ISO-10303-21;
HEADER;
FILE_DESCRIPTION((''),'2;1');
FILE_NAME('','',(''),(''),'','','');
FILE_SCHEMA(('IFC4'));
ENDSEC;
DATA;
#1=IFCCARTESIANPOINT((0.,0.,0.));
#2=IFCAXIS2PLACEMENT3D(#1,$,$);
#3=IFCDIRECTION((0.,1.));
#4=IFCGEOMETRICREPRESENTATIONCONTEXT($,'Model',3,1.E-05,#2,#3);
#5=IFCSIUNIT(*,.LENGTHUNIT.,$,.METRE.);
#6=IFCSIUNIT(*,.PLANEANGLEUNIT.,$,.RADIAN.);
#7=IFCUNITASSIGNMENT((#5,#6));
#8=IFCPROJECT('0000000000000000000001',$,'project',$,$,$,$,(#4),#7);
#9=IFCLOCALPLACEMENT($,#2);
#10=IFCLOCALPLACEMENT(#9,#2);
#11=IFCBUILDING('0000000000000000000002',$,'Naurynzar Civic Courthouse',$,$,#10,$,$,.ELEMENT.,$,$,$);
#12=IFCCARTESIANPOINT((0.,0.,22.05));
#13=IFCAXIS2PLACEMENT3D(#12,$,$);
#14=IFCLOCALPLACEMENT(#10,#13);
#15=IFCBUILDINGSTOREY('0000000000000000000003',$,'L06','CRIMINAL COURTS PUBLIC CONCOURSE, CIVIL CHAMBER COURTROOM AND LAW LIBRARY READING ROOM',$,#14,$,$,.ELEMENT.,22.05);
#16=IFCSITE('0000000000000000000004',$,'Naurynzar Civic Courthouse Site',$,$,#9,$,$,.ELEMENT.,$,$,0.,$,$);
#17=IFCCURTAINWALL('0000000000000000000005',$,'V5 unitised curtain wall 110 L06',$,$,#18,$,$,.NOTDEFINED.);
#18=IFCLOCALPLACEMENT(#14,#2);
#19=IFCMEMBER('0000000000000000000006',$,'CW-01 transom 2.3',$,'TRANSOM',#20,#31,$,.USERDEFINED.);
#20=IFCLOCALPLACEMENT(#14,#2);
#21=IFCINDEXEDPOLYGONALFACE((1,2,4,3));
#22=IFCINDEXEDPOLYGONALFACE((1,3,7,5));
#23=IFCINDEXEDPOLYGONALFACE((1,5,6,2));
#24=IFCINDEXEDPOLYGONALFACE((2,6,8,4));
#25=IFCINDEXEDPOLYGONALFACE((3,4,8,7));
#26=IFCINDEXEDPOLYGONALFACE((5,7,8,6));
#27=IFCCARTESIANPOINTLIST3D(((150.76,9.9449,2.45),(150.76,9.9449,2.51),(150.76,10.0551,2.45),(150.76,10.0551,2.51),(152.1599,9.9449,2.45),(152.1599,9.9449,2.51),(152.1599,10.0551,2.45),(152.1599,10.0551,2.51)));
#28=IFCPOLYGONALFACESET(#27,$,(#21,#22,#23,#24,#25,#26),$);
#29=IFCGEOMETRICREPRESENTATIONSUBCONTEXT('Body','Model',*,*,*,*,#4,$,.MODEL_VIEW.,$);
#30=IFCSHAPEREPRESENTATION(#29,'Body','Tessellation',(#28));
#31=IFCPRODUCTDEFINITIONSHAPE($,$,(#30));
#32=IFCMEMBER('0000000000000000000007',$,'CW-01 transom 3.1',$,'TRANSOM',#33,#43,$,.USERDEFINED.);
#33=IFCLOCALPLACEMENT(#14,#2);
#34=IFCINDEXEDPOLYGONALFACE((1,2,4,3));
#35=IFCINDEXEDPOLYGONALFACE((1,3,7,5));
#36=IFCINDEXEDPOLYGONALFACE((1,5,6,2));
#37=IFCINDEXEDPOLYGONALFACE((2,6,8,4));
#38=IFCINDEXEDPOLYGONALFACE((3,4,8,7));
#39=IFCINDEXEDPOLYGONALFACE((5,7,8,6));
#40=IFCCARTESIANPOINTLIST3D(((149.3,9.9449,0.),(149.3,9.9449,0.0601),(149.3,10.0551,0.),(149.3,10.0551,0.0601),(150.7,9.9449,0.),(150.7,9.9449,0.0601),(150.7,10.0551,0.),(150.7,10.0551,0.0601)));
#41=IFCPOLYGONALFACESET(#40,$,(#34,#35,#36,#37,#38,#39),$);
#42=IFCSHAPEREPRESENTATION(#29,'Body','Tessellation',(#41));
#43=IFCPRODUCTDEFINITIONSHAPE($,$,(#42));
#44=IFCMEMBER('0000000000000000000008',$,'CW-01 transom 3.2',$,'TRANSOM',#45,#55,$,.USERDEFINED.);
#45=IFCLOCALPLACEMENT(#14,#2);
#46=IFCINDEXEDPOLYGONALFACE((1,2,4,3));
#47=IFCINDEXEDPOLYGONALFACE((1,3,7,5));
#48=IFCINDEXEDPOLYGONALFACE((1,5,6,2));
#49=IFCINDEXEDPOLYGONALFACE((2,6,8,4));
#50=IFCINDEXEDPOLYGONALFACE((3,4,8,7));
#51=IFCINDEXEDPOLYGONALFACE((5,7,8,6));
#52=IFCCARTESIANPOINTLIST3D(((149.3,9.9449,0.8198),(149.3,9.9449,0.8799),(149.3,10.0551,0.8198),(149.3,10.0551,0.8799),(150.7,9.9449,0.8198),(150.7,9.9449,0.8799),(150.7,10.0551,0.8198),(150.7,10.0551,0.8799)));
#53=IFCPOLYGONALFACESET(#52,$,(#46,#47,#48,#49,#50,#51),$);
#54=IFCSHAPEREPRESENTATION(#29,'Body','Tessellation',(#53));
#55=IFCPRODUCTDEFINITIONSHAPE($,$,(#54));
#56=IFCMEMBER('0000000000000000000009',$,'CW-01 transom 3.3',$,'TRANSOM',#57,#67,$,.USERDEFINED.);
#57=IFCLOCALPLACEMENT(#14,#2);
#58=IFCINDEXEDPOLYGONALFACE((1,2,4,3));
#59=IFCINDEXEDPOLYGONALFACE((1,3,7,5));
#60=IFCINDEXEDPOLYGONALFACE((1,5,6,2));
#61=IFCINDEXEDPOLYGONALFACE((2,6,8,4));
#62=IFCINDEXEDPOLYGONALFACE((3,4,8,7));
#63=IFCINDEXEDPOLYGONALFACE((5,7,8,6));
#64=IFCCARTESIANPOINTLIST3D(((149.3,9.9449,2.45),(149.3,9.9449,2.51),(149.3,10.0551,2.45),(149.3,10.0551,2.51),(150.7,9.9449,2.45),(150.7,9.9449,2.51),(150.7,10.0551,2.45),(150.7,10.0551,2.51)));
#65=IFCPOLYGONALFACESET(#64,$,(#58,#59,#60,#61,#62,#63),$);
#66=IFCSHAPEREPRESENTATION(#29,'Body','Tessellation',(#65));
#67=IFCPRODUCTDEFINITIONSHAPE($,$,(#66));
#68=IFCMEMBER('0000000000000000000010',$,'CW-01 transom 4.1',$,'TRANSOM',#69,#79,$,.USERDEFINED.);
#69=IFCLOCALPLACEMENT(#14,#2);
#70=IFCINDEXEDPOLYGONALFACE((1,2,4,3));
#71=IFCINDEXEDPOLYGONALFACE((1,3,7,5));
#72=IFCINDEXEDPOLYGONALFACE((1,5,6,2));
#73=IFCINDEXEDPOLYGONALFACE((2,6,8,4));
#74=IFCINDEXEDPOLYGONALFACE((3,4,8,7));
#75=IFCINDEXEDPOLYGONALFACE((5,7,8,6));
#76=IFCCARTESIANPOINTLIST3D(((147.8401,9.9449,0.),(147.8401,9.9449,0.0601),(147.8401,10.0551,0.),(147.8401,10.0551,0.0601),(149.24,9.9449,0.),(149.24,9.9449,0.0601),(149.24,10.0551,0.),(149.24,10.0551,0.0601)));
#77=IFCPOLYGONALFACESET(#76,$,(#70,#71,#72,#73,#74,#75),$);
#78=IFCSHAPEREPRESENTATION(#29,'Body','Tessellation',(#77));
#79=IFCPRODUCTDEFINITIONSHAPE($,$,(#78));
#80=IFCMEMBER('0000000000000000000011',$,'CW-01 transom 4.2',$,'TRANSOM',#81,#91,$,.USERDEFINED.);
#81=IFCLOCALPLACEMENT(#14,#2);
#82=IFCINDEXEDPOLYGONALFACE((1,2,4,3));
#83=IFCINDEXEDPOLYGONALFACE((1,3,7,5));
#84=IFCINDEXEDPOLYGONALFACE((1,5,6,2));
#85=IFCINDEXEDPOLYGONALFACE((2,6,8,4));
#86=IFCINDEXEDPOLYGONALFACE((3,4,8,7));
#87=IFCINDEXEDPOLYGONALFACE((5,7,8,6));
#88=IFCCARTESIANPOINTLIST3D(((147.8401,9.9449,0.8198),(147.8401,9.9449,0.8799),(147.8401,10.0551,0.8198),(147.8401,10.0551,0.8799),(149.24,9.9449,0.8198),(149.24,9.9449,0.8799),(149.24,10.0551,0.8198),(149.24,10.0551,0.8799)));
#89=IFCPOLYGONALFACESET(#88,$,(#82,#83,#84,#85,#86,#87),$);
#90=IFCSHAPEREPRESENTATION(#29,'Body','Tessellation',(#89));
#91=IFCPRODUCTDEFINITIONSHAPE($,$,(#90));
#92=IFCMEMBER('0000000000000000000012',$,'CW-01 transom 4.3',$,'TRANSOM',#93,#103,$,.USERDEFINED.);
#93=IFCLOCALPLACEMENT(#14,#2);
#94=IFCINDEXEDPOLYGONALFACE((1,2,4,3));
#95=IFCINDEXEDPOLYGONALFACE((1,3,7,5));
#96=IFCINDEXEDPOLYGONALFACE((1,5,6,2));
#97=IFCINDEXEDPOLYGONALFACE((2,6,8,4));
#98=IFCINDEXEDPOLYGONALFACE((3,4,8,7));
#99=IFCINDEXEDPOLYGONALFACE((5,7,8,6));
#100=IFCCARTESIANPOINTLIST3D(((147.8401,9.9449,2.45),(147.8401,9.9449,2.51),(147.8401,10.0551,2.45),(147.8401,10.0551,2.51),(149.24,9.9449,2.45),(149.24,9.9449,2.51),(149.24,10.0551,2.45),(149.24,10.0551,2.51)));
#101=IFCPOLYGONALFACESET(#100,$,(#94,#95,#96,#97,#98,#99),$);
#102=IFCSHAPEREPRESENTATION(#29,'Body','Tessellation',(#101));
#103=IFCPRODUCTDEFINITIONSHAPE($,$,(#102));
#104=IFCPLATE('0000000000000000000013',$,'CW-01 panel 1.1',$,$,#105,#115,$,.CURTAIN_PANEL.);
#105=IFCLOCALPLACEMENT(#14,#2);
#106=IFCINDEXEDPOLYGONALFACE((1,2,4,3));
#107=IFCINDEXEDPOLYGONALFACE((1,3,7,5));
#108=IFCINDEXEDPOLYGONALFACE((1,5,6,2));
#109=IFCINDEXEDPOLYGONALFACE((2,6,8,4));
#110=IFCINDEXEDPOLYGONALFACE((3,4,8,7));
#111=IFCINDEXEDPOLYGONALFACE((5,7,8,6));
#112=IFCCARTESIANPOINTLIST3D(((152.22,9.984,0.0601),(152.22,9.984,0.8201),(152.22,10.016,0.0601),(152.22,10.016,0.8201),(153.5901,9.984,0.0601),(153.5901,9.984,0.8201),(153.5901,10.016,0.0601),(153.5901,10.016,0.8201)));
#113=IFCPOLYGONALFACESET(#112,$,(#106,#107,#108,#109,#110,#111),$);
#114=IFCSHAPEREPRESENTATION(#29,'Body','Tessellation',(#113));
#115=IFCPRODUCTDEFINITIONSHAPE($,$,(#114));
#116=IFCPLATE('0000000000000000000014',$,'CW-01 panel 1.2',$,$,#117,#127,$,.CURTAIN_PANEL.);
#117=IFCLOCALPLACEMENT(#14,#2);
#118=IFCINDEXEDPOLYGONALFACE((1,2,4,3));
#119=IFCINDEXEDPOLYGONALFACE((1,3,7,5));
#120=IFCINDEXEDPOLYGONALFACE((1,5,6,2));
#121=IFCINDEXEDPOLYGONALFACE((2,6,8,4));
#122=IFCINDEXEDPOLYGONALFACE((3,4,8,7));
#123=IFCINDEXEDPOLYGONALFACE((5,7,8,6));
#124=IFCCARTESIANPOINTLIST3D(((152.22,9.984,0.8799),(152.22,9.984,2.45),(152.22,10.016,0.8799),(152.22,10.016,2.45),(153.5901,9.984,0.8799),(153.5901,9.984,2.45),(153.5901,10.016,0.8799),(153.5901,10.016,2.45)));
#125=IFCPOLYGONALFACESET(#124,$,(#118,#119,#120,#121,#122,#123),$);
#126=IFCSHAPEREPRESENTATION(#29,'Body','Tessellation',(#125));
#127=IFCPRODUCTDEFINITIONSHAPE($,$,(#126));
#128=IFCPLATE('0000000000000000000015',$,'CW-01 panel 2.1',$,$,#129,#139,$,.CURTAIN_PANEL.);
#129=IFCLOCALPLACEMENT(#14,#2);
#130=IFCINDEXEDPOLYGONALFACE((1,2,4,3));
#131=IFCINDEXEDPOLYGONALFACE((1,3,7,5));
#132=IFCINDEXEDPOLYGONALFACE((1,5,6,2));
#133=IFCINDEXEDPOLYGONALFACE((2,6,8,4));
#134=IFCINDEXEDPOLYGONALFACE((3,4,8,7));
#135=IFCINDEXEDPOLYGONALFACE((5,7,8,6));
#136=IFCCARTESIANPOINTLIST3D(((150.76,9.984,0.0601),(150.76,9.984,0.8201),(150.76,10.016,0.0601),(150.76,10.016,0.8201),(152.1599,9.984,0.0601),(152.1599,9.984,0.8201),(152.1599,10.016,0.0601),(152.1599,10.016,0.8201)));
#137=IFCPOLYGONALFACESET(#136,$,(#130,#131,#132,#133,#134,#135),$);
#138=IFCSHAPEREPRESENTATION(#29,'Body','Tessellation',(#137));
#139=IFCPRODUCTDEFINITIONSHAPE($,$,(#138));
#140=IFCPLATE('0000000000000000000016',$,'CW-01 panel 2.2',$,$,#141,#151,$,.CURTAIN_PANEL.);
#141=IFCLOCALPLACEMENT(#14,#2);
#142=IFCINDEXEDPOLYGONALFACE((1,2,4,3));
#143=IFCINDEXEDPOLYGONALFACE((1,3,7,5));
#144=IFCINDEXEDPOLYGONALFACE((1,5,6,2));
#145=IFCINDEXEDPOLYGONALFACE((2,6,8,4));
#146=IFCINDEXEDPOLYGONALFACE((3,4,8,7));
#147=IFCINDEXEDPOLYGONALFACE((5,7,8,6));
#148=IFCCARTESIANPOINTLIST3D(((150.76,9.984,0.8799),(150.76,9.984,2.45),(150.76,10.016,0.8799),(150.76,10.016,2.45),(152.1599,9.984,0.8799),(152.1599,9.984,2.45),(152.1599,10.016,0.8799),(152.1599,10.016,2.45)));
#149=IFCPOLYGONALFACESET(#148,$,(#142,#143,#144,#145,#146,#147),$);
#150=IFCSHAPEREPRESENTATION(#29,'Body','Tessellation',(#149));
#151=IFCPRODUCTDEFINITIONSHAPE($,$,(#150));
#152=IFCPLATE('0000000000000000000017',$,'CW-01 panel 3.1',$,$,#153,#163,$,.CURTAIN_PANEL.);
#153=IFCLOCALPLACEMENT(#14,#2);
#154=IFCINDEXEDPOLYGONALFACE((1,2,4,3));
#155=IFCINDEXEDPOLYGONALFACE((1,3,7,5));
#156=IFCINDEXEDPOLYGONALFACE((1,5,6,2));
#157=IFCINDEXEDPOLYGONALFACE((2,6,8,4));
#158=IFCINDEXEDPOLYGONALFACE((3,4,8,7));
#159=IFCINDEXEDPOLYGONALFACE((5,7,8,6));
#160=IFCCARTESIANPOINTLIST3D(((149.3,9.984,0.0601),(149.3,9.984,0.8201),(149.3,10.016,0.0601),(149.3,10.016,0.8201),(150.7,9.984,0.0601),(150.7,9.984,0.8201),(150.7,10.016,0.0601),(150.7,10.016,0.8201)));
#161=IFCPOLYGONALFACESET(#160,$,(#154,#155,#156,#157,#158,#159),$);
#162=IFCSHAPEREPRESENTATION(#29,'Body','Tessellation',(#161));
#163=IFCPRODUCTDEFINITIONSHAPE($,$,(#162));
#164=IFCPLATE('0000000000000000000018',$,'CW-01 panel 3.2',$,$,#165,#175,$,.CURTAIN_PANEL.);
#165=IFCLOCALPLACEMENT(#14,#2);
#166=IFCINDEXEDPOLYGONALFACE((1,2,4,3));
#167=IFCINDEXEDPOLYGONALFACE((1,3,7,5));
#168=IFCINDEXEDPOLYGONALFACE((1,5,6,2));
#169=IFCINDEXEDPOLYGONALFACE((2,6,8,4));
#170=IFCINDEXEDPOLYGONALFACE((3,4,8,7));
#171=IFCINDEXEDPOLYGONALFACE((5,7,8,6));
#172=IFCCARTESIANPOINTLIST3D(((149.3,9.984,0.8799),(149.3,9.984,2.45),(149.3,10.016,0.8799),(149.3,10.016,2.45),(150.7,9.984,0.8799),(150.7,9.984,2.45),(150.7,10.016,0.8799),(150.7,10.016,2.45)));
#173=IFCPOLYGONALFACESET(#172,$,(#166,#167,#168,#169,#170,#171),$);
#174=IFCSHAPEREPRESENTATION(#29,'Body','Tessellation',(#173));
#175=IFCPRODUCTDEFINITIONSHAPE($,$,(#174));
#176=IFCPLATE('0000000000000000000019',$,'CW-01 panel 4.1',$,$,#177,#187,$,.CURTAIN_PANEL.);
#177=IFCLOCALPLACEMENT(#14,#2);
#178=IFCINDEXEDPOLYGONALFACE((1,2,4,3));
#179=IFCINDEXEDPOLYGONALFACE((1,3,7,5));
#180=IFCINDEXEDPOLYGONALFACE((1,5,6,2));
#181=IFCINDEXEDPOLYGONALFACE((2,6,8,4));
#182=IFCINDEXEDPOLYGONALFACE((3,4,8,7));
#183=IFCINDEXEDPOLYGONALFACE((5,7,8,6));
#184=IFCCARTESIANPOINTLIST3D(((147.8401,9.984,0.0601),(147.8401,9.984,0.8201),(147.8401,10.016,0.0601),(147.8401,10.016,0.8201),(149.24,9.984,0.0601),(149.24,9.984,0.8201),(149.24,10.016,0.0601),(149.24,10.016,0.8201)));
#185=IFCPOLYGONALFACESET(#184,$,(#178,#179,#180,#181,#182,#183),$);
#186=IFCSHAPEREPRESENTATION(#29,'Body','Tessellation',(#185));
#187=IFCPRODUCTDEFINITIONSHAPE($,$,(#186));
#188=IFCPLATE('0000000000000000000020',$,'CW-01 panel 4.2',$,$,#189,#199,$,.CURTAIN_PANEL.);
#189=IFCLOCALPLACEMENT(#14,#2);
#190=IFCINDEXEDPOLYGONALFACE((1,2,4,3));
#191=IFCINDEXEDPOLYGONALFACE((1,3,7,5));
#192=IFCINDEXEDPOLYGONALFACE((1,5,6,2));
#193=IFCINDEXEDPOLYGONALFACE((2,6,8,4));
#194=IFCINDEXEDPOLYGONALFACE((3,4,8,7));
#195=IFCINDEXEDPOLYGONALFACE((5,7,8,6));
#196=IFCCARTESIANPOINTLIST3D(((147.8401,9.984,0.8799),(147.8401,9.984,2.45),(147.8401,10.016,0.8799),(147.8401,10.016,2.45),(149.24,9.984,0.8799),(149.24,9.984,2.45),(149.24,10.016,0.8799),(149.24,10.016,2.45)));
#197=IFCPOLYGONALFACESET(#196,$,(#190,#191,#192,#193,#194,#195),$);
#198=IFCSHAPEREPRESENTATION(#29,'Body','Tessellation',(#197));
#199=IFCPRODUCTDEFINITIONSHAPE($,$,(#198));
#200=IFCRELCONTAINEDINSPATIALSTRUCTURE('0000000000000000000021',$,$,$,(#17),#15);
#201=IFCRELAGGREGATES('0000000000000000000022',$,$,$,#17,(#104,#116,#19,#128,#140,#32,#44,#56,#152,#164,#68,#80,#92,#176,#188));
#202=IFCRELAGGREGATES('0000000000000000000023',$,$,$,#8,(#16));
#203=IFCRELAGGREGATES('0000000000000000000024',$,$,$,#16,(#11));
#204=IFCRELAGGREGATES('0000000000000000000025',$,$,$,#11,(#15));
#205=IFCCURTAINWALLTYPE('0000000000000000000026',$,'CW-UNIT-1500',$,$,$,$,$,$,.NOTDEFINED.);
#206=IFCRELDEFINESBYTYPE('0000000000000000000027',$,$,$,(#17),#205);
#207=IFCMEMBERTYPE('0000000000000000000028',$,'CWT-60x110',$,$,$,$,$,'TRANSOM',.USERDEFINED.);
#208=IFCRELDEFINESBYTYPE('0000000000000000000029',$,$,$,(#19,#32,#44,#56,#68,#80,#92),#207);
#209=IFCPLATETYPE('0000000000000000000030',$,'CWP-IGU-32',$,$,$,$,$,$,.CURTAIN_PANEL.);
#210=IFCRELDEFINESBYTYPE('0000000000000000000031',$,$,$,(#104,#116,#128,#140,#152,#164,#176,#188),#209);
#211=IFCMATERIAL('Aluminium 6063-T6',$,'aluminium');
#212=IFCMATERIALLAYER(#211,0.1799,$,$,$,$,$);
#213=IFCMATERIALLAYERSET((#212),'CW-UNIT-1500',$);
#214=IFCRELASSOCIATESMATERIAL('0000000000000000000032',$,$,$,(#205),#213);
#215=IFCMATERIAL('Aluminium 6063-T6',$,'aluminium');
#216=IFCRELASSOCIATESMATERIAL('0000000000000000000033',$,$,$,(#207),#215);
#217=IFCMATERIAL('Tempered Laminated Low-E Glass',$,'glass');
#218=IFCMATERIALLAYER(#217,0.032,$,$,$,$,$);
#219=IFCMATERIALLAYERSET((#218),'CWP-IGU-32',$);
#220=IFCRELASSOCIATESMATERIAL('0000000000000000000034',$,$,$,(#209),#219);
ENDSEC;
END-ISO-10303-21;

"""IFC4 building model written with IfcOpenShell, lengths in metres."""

from ifc_helpers import new_model, si_unit, direction, frame, origin, origin_2d, place, context, subcontext, project, spatial, rectangle, extrude, material, layer, layer_set, material_profile, profile_set, type_object, element, aggregate, save


model = new_model("IFC4")

# Units and contexts
model_context = context("Model", 3, precision=1e-05, world=origin(), true_north=direction((0.0, 1.0)))
body_context = subcontext(model_context, "Body", "Model", "MODEL_VIEW")
ifc_project = project(units=[si_unit("LENGTHUNIT", "METRE"), si_unit("PLANEANGLEUNIT", "RADIAN")], contexts=[model_context])

# Site, building, storey
site_placement = place(None, origin())
site = spatial("IfcSite", under=ifc_project, at=site_placement, Name="Naurynzar Civic Courthouse Site", CompositionType="ELEMENT", RefElevation=0.0)
building_placement = place(site_placement, origin())
building = spatial("IfcBuilding", under=site, at=building_placement, Name="Naurynzar Civic Courthouse", CompositionType="ELEMENT")
storey_placement = place(building_placement, frame((0.0, 0.0, 22.05)))
storey = spatial("IfcBuildingStorey", under=building, at=storey_placement, Name="L06", Description="CRIMINAL COURTS PUBLIC CONCOURSE, CIVIL CHAMBER COURTROOM AND LAW LIBRARY READING ROOM", CompositionType="ELEMENT", Elevation=22.05)

# Curtain wall, members, plates
ifc_material_1 = material(Name="Aluminium 6063-T6", Category="aluminium")
ifc_layer_1 = layer(ifc_material_1, 0.1799)
ifc_layer_set_1 = layer_set([ifc_layer_1], Name="CW-UNIT-1500")
curtain_wall_type = type_object("IfcCurtainWallType", Name="CW-UNIT-1500", PredefinedType="NOTDEFINED", material=ifc_layer_set_1)
curtain_wall_placement = place(storey_placement, origin())
curtain_wall = element("IfcCurtainWall", 1, at=curtain_wall_placement, inside=storey, type_object=curtain_wall_type, Name="V5 unitised curtain wall 110 L06", PredefinedType="NOTDEFINED")
ifc_material_2 = material(Name="Aluminium 6063-T6", Category="aluminium")
ifc_material_profile_1 = material_profile(ifc_material_2, rectangle(XDim=0.1101, YDim=0.0601, at=origin_2d()), Name="ALU TRANSOM 60x110")
ifc_profile_set_1 = profile_set([ifc_material_profile_1], Name="Aluminium 6063-T6")
member_type_1 = type_object("IfcMemberType", Name="CWT-60x110", ElementType="TRANSOM", PredefinedType="USERDEFINED", material=ifc_profile_set_1)
member_1_placement = place(storey_placement, frame((152.1599, 10.0, 2.48), z_axis=(-1.0, 0.0, 0.0), x_axis=(0.0, -1.0, 0.0)))
member_1 = element("IfcMember", 2, at=member_1_placement, type_object=member_type_1, Name="CW-01 transom 2.3", ObjectType="TRANSOM", PredefinedType="USERDEFINED", context=body_context, shape_type="SweptSolid", body=[
    extrude(rectangle(XDim=0.1101, YDim=0.0601, at=origin_2d()), origin(), (0.0, 0.0, 1.0), 1.3999),
])
member_2_placement = place(storey_placement, frame((150.7, 10.0, 0.03), z_axis=(-1.0, 0.0, 0.0), x_axis=(0.0, -1.0, 0.0)))
member_2 = element("IfcMember", 3, at=member_2_placement, type_object=member_type_1, Name="CW-01 transom 3.1", ObjectType="TRANSOM", PredefinedType="USERDEFINED", context=body_context, shape_type="SweptSolid", body=[
    extrude(rectangle(XDim=0.1101, YDim=0.0601, at=origin_2d()), origin(), (0.0, 0.0, 1.0), 1.3999),
])
member_3_placement = place(storey_placement, frame((150.7, 10.0, 0.8499), z_axis=(-1.0, 0.0, 0.0), x_axis=(0.0, -1.0, 0.0)))
member_3 = element("IfcMember", 4, at=member_3_placement, type_object=member_type_1, Name="CW-01 transom 3.2", ObjectType="TRANSOM", PredefinedType="USERDEFINED", context=body_context, shape_type="SweptSolid", body=[
    extrude(rectangle(XDim=0.1101, YDim=0.0601, at=origin_2d()), origin(), (0.0, 0.0, 1.0), 1.3999),
])
member_4_placement = place(storey_placement, frame((150.7, 10.0, 2.48), z_axis=(-1.0, 0.0, 0.0), x_axis=(0.0, -1.0, 0.0)))
member_4 = element("IfcMember", 5, at=member_4_placement, type_object=member_type_1, Name="CW-01 transom 3.3", ObjectType="TRANSOM", PredefinedType="USERDEFINED", context=body_context, shape_type="SweptSolid", body=[
    extrude(rectangle(XDim=0.1101, YDim=0.0601, at=origin_2d()), origin(), (0.0, 0.0, 1.0), 1.3999),
])
member_5_placement = place(storey_placement, frame((149.24, 10.0, 0.03), z_axis=(-1.0, 0.0, 0.0), x_axis=(0.0, -1.0, 0.0)))
member_5 = element("IfcMember", 6, at=member_5_placement, type_object=member_type_1, Name="CW-01 transom 4.1", ObjectType="TRANSOM", PredefinedType="USERDEFINED", context=body_context, shape_type="SweptSolid", body=[
    extrude(rectangle(XDim=0.1101, YDim=0.0601, at=origin_2d()), origin(), (0.0, 0.0, 1.0), 1.3999),
])
member_6_placement = place(storey_placement, frame((149.24, 10.0, 0.8499), z_axis=(-1.0, 0.0, 0.0), x_axis=(0.0, -1.0, 0.0)))
member_6 = element("IfcMember", 7, at=member_6_placement, type_object=member_type_1, Name="CW-01 transom 4.2", ObjectType="TRANSOM", PredefinedType="USERDEFINED", context=body_context, shape_type="SweptSolid", body=[
    extrude(rectangle(XDim=0.1101, YDim=0.0601, at=origin_2d()), origin(), (0.0, 0.0, 1.0), 1.3999),
])
member_7_placement = place(storey_placement, frame((149.24, 10.0, 2.48), z_axis=(-1.0, 0.0, 0.0), x_axis=(0.0, -1.0, 0.0)))
member_7 = element("IfcMember", 8, at=member_7_placement, type_object=member_type_1, Name="CW-01 transom 4.3", ObjectType="TRANSOM", PredefinedType="USERDEFINED", context=body_context, shape_type="SweptSolid", body=[
    extrude(rectangle(XDim=0.1101, YDim=0.0601, at=origin_2d()), origin(), (0.0, 0.0, 1.0), 1.3999),
])
ifc_material_3 = material(Name="Tempered Laminated Low-E Glass", Category="glass")
ifc_layer_2 = layer(ifc_material_3, 0.032)
ifc_layer_set_2 = layer_set([ifc_layer_2], Name="CWP-IGU-32")
plate_type = type_object("IfcPlateType", Name="CWP-IGU-32", PredefinedType="CURTAIN_PANEL", material=ifc_layer_set_2)
plate_1_placement = place(storey_placement, frame((152.905, 10.0, 0.0601), z_axis=(0.0, 0.0, 1.0), x_axis=(-1.0, 0.0, 0.0)))
plate_1 = element("IfcPlate", 9, at=plate_1_placement, type_object=plate_type, Name="CW-01 panel 1.1", PredefinedType="CURTAIN_PANEL", context=body_context, shape_type="SweptSolid", body=[
    extrude(rectangle(XDim=1.3701, YDim=0.032, at=origin_2d()), origin(), (0.0, 0.0, 1.0), 0.76),
])
plate_2_placement = place(storey_placement, frame((152.905, 10.0, 0.8799), z_axis=(0.0, 0.0, 1.0), x_axis=(-1.0, 0.0, 0.0)))
plate_2 = element("IfcPlate", 10, at=plate_2_placement, type_object=plate_type, Name="CW-01 panel 1.2", PredefinedType="CURTAIN_PANEL", context=body_context, shape_type="SweptSolid", body=[
    extrude(rectangle(XDim=1.3701, YDim=0.032, at=origin_2d()), origin(), (0.0, 0.0, 1.0), 1.5701),
])
plate_3_placement = place(storey_placement, frame((151.46, 10.0, 0.0601), z_axis=(0.0, 0.0, 1.0), x_axis=(-1.0, 0.0, 0.0)))
plate_3 = element("IfcPlate", 11, at=plate_3_placement, type_object=plate_type, Name="CW-01 panel 2.1", PredefinedType="CURTAIN_PANEL", context=body_context, shape_type="SweptSolid", body=[
    extrude(rectangle(XDim=1.3999, YDim=0.032, at=origin_2d()), origin(), (0.0, 0.0, 1.0), 0.76),
])
plate_4_placement = place(storey_placement, frame((151.46, 10.0, 0.8799), z_axis=(0.0, 0.0, 1.0), x_axis=(-1.0, 0.0, 0.0)))
plate_4 = element("IfcPlate", 12, at=plate_4_placement, type_object=plate_type, Name="CW-01 panel 2.2", PredefinedType="CURTAIN_PANEL", context=body_context, shape_type="SweptSolid", body=[
    extrude(rectangle(XDim=1.3999, YDim=0.032, at=origin_2d()), origin(), (0.0, 0.0, 1.0), 1.5701),
])
plate_5_placement = place(storey_placement, frame((150.0, 10.0, 0.0601), z_axis=(0.0, 0.0, 1.0), x_axis=(-1.0, 0.0, 0.0)))
plate_5 = element("IfcPlate", 13, at=plate_5_placement, type_object=plate_type, Name="CW-01 panel 3.1", PredefinedType="CURTAIN_PANEL", context=body_context, shape_type="SweptSolid", body=[
    extrude(rectangle(XDim=1.3999, YDim=0.032, at=origin_2d()), origin(), (0.0, 0.0, 1.0), 0.76),
])
plate_6_placement = place(storey_placement, frame((150.0, 10.0, 0.8799), z_axis=(0.0, 0.0, 1.0), x_axis=(-1.0, 0.0, 0.0)))
plate_6 = element("IfcPlate", 14, at=plate_6_placement, type_object=plate_type, Name="CW-01 panel 3.2", PredefinedType="CURTAIN_PANEL", context=body_context, shape_type="SweptSolid", body=[
    extrude(rectangle(XDim=1.3999, YDim=0.032, at=origin_2d()), origin(), (0.0, 0.0, 1.0), 1.5701),
])
plate_7_placement = place(storey_placement, frame((148.54, 10.0, 0.0601), z_axis=(0.0, 0.0, 1.0), x_axis=(-1.0, 0.0, 0.0)))
plate_7 = element("IfcPlate", 15, at=plate_7_placement, type_object=plate_type, Name="CW-01 panel 4.1", PredefinedType="CURTAIN_PANEL", context=body_context, shape_type="SweptSolid", body=[
    extrude(rectangle(XDim=1.3999, YDim=0.032, at=origin_2d()), origin(), (0.0, 0.0, 1.0), 0.76),
])
plate_8_placement = place(storey_placement, frame((148.54, 10.0, 0.8799), z_axis=(0.0, 0.0, 1.0), x_axis=(-1.0, 0.0, 0.0)))
plate_8 = element("IfcPlate", 16, at=plate_8_placement, type_object=plate_type, Name="CW-01 panel 4.2", PredefinedType="CURTAIN_PANEL", context=body_context, shape_type="SweptSolid", body=[
    extrude(rectangle(XDim=1.3999, YDim=0.032, at=origin_2d()), origin(), (0.0, 0.0, 1.0), 1.5701),
])
aggregate(curtain_wall, [plate_1, plate_2, member_1, plate_3, plate_4, member_2, member_3, member_4, plate_5, plate_6, member_5, member_6, member_7, plate_7, plate_8])

save(model, "model.ifc")
